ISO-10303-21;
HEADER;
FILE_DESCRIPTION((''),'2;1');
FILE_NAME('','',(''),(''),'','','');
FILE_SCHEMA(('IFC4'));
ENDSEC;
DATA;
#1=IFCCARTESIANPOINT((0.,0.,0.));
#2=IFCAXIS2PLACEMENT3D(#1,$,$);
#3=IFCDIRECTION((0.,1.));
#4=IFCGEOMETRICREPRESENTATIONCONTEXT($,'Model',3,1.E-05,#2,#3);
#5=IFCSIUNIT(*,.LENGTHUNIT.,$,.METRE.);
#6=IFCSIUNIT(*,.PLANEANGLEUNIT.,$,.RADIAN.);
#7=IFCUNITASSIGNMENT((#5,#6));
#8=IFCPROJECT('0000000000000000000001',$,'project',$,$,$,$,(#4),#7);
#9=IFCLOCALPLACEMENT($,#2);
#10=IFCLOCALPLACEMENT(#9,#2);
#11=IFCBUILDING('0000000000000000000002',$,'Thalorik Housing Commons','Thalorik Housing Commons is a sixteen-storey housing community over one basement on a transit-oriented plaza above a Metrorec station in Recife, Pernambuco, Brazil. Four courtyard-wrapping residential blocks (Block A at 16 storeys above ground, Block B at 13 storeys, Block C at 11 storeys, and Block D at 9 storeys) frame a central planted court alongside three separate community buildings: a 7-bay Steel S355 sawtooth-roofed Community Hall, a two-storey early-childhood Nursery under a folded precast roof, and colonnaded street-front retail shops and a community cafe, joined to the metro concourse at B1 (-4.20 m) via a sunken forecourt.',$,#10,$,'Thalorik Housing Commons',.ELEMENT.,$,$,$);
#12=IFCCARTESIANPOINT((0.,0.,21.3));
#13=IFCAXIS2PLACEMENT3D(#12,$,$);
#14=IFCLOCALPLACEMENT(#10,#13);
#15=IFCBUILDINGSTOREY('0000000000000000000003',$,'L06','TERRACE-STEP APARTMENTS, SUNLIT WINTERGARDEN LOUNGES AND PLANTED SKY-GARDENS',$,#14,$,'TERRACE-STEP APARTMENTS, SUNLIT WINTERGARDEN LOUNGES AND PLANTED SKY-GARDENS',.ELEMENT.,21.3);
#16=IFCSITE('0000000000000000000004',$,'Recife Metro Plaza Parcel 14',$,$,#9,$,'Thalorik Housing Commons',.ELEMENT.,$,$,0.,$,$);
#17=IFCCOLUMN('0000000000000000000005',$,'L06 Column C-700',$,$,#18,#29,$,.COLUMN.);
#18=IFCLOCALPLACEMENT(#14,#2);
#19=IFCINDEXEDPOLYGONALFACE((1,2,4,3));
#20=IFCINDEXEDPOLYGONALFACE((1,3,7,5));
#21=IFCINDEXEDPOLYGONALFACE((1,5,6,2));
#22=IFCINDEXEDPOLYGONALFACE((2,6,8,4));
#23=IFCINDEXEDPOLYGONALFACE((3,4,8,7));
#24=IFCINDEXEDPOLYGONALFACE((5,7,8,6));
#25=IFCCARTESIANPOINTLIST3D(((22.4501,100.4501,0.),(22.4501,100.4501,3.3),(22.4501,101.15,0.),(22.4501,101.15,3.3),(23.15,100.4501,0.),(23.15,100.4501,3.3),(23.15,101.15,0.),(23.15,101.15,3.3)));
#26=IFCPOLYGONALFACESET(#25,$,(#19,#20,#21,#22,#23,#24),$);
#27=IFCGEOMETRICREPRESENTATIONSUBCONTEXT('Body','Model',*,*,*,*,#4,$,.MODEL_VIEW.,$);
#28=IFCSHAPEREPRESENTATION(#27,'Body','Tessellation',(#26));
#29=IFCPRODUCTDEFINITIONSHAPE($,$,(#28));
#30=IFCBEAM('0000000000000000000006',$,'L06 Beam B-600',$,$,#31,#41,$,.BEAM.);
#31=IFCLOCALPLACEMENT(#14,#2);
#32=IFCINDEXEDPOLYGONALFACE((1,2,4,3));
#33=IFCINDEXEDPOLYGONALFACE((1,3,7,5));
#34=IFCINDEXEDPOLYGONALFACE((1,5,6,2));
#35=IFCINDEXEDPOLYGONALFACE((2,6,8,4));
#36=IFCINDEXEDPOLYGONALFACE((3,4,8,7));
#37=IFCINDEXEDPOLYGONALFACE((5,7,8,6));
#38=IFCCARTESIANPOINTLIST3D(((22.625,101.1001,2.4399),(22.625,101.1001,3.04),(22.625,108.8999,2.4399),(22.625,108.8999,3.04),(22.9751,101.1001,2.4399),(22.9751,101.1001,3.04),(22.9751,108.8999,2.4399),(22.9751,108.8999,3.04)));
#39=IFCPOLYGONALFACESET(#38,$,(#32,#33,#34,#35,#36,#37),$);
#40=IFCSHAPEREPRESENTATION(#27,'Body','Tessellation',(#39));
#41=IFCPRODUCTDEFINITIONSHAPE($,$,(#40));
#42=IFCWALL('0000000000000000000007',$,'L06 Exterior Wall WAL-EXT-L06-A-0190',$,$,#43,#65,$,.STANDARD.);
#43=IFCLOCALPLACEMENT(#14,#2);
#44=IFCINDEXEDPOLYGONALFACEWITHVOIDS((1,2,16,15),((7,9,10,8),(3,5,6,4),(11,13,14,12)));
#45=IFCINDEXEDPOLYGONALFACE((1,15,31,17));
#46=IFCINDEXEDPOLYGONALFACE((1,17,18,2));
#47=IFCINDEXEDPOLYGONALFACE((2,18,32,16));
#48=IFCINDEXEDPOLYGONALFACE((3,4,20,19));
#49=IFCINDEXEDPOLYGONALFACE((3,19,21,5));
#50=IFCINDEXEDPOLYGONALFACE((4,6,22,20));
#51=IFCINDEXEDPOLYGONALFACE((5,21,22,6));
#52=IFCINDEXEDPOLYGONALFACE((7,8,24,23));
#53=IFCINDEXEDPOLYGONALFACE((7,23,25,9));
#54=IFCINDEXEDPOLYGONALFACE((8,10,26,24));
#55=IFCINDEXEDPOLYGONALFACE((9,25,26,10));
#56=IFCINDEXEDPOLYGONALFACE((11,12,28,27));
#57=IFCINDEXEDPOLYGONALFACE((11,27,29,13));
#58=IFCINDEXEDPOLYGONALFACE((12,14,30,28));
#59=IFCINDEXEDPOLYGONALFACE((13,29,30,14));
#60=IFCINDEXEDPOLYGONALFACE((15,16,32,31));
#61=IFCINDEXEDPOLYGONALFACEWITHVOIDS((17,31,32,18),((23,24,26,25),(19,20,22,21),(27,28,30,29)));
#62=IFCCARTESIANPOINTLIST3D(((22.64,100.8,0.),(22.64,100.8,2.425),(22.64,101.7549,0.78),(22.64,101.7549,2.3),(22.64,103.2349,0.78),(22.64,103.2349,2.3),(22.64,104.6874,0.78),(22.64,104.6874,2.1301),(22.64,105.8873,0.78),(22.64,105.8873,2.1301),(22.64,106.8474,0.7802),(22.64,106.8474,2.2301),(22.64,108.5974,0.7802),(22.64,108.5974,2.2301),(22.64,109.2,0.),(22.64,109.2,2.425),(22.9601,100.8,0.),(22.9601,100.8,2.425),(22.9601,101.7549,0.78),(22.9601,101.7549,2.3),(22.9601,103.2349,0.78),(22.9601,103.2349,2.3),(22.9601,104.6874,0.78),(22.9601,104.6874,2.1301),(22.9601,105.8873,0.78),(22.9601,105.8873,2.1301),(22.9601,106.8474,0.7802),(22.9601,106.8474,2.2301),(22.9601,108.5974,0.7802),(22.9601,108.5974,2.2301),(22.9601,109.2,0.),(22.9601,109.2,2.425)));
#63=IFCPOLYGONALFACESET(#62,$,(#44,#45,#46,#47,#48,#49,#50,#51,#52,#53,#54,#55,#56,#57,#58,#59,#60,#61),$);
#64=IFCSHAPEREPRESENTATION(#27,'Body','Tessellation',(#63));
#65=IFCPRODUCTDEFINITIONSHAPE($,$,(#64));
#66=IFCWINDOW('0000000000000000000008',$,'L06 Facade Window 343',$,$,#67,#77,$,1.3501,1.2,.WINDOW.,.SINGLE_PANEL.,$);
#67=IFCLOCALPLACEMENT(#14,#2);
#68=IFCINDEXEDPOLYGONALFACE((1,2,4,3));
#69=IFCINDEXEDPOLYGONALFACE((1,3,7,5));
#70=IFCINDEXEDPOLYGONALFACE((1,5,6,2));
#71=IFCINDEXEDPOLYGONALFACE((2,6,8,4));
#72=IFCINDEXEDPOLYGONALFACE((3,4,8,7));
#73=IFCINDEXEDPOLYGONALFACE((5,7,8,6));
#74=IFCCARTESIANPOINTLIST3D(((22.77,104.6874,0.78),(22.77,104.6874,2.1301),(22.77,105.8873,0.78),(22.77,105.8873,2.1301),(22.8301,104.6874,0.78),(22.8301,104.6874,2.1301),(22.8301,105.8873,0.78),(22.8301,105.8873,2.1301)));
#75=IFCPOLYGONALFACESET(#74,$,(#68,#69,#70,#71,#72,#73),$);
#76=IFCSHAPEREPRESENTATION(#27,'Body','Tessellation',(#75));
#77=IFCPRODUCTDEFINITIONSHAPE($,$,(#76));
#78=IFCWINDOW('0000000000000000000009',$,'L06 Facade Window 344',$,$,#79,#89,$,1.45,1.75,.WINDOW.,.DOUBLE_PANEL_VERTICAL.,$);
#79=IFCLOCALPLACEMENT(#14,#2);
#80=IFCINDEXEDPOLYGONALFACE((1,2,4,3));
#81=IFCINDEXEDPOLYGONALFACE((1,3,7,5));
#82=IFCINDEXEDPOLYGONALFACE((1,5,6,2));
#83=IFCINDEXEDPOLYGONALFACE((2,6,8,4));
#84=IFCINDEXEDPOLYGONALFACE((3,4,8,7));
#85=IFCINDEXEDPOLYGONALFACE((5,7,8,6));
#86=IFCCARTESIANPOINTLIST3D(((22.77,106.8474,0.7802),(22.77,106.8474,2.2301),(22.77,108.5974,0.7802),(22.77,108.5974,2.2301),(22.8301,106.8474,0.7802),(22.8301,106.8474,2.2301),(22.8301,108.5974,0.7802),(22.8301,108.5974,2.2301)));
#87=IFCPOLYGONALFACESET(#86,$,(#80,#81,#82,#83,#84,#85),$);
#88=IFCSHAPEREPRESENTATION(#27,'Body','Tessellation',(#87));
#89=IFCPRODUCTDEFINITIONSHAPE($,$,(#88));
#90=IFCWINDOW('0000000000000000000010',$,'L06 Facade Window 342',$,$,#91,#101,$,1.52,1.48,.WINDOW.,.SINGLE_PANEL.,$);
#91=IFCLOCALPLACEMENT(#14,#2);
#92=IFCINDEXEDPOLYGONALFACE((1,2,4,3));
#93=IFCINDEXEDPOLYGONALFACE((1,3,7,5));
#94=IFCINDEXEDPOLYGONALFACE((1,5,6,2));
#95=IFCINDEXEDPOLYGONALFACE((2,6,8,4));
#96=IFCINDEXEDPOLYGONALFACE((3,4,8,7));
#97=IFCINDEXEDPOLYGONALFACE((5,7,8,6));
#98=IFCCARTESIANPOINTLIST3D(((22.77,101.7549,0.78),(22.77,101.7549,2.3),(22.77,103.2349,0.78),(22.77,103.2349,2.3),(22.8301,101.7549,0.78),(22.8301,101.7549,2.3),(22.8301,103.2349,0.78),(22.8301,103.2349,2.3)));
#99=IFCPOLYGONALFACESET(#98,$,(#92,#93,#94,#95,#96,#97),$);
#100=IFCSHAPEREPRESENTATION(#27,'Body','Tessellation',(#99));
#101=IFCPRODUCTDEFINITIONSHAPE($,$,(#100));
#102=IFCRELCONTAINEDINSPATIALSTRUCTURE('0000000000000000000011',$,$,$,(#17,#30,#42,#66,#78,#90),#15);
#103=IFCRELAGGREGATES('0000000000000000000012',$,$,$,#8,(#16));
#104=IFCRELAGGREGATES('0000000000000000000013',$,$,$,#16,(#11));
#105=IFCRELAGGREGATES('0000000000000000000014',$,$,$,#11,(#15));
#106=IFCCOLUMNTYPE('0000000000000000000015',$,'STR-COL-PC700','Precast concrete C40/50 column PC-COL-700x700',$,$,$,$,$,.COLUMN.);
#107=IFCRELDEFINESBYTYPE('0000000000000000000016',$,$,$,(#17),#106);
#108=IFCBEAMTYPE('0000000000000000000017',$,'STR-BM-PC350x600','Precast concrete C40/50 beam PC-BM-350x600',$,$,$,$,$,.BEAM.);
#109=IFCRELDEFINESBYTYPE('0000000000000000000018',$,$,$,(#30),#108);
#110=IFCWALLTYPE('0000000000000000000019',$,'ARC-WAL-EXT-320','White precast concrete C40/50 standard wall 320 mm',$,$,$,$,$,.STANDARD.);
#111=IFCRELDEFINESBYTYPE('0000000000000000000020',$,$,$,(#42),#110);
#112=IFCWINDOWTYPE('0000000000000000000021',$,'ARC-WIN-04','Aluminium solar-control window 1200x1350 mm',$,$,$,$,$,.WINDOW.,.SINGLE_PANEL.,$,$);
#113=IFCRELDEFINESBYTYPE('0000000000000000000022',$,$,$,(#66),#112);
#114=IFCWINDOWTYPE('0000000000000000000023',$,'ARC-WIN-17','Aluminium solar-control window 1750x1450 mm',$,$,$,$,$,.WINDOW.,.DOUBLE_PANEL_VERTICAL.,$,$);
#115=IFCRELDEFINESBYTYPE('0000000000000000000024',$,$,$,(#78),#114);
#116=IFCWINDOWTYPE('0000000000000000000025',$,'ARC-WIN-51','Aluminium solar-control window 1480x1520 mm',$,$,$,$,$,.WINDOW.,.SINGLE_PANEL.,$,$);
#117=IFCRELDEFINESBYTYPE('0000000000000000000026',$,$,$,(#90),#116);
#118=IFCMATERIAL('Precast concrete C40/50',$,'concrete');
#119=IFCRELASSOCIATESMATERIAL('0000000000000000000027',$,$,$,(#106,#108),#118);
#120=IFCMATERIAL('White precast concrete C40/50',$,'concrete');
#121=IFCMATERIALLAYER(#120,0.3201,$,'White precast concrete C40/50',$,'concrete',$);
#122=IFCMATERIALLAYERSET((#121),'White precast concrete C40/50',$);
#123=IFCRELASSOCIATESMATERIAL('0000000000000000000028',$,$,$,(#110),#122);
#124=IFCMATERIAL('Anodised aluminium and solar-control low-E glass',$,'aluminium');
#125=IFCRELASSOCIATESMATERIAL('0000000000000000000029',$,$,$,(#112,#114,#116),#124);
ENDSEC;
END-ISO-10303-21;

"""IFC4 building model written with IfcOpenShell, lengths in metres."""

from ifc_helpers import new_model, si_unit, direction, frame, frame_2d, origin, origin_2d, place, context, subcontext, project, spatial, rectangle, extrude, material, layer, layer_set, material_profile, profile_set, type_object, element, fill, save


model = new_model("IFC4")

# Units and contexts
model_context = context("Model", 3, precision=1e-05, world=origin(), true_north=direction((0.0, 1.0)))
body_context = subcontext(model_context, "Body", "Model", "MODEL_VIEW")
ifc_project = project(units=[si_unit("LENGTHUNIT", "METRE"), si_unit("PLANEANGLEUNIT", "RADIAN")], contexts=[model_context])

# Site, building, storey
site_placement = place(None, origin())
site = spatial("IfcSite", under=ifc_project, at=site_placement, Name="Recife Metro Plaza Parcel 14", LongName="Thalorik Housing Commons", CompositionType="ELEMENT", RefElevation=0.0)
building_placement = place(site_placement, origin())
building = spatial("IfcBuilding", under=site, at=building_placement, Name="Thalorik Housing Commons", Description="Thalorik Housing Commons is a sixteen-storey housing community over one basement on a transit-oriented plaza above a Metrorec station in Recife, Pernambuco, Brazil. Four courtyard-wrapping residential blocks (Block A at 16 storeys above ground, Block B at 13 storeys, Block C at 11 storeys, and Block D at 9 storeys) frame a central planted court alongside three separate community buildings: a 7-bay Steel S355 sawtooth-roofed Community Hall, a two-storey early-childhood Nursery under a folded precast roof, and colonnaded street-front retail shops and a community cafe, joined to the metro concourse at B1 (-4.20 m) via a sunken forecourt.", LongName="Thalorik Housing Commons", CompositionType="ELEMENT")
storey_placement = place(building_placement, frame((0.0, 0.0, 21.3)))
storey = spatial("IfcBuildingStorey", under=building, at=storey_placement, Name="L06", Description="TERRACE-STEP APARTMENTS, SUNLIT WINTERGARDEN LOUNGES AND PLANTED SKY-GARDENS", LongName="TERRACE-STEP APARTMENTS, SUNLIT WINTERGARDEN LOUNGES AND PLANTED SKY-GARDENS", CompositionType="ELEMENT", Elevation=21.3)

# Column
ifc_material_1 = material(Name="Precast concrete C40/50", Category="concrete")
ifc_material_profile_1 = material_profile(ifc_material_1, rectangle(XDim=0.7, YDim=0.7, at=origin_2d()), Name="PC 700x700", Category="concrete")
ifc_profile_set_1 = profile_set([ifc_material_profile_1], Name="Precast concrete C40/50")
column_type = type_object("IfcColumnType", Name="STR-COL-PC700", Description="Precast concrete C40/50 column PC-COL-700x700", PredefinedType="COLUMN", material=ifc_profile_set_1)
column_placement = place(storey_placement, frame((22.8, 100.8, 0.0), z_axis=(0.0, 0.0, 1.0), x_axis=(1.0, 0.0, 0.0)))
element("IfcColumn", 1, at=column_placement, inside=storey, type_object=column_type, Name="L06 Column C-700", PredefinedType="COLUMN", context=body_context, shape_type="SweptSolid", body=[
    extrude(rectangle(XDim=0.7, YDim=0.7, at=origin_2d()), origin(), (0.0, 0.0, 1.0), 3.3),
])

# Beam
ifc_material_profile_2 = material_profile(ifc_material_1, rectangle(XDim=0.3501, YDim=0.6001, at=origin_2d()), Name="PC 350x600", Category="concrete")
ifc_profile_set_2 = profile_set([ifc_material_profile_2], Name="Precast concrete C40/50")
beam_type = type_object("IfcBeamType", Name="STR-BM-PC350x600", Description="Precast concrete C40/50 beam PC-BM-350x600", PredefinedType="BEAM", material=ifc_profile_set_2)
beam_placement = place(storey_placement, frame((22.8, 101.1001, 2.74), z_axis=(0.0, 1.0, 0.0), x_axis=(-1.0, 0.0, 0.0)))
element("IfcBeam", 2, at=beam_placement, inside=storey, type_object=beam_type, Name="L06 Beam B-600", PredefinedType="BEAM", context=body_context, shape_type="SweptSolid", body=[
    extrude(rectangle(XDim=0.3501, YDim=0.6001, at=origin_2d()), origin(), (0.0, 0.0, 1.0), 7.7998),
])

# Wall, openings, windows
ifc_material_2 = material(Name="White precast concrete C40/50", Category="concrete")
ifc_layer_1 = layer(ifc_material_2, 0.3201, Name="White precast concrete C40/50", Category="concrete")
ifc_layer_set_1 = layer_set([ifc_layer_1], Name="White precast concrete C40/50")
wall_type_1 = type_object("IfcWallType", Name="ARC-WAL-EXT-320", Description="White precast concrete C40/50 standard wall 320 mm", PredefinedType="STANDARD", material=ifc_layer_set_1)
wall_1_placement = place(storey_placement, frame((22.8, 100.8, 0.0), z_axis=(0.0, 0.0, 1.0), x_axis=(0.0, 1.0, 0.0)))
wall_1 = element("IfcWall", 3, at=wall_1_placement, inside=storey, type_object=wall_type_1, Name="L06 Exterior Wall WAL-EXT-L06-A-0190", PredefinedType="STANDARD", context=body_context, shape_type="SweptSolid", body=[
    extrude(rectangle(XDim=8.3999, YDim=0.3201, at=frame_2d((4.2, 0.0))), origin(), (0.0, 0.0, 1.0), 2.425),
])
opening_1_placement = place(wall_1_placement, frame((0.9548, 0.0, 0.78)))
opening_1 = element("IfcOpeningElement", 4, at=opening_1_placement, cuts=wall_1, PredefinedType="OPENING", context=body_context, shape_type="SweptSolid", body=[
    extrude(rectangle(XDim=1.48, YDim=1.52, at=frame_2d((0.74, 0.76))), frame((0.0, 0.1699, 0.0), z_axis=(0.0, -1.0, 0.0), x_axis=(1.0, 0.0, 0.0)), (0.0, 0.0, 1.0), 0.3401),
])
opening_2_placement = place(wall_1_placement, frame((3.8872, 0.0, 0.78)))
opening_2 = element("IfcOpeningElement", 5, at=opening_2_placement, cuts=wall_1, PredefinedType="OPENING", context=body_context, shape_type="SweptSolid", body=[
    extrude(rectangle(XDim=1.2, YDim=1.3501, at=frame_2d((0.6001, 0.675))), frame((0.0, 0.1699, 0.0), z_axis=(0.0, -1.0, 0.0), x_axis=(1.0, 0.0, 0.0)), (0.0, 0.0, 1.0), 0.3401),
])
opening_3_placement = place(wall_1_placement, frame((6.0474, 0.0, 0.78)))
opening_3 = element("IfcOpeningElement", 6, at=opening_3_placement, cuts=wall_1, PredefinedType="OPENING", context=body_context, shape_type="SweptSolid", body=[
    extrude(rectangle(XDim=1.75, YDim=1.45, at=frame_2d((0.875, 0.7251))), frame((0.0, 0.1699, 0.0), z_axis=(0.0, -1.0, 0.0), x_axis=(1.0, 0.0, 0.0)), (0.0, 0.0, 1.0), 0.3401),
])
ifc_material_3 = material(Name="Anodised aluminium and solar-control low-E glass", Category="aluminium")
window_type_1 = type_object("IfcWindowType", Name="ARC-WIN-04", Description="Aluminium solar-control window 1200x1350 mm", PartitioningType="SINGLE_PANEL", PredefinedType="WINDOW", material=ifc_material_3)
window_1_placement = place(opening_2_placement, origin())
window_1 = element("IfcWindow", 7, at=window_1_placement, inside=storey, type_object=window_type_1, Name="L06 Facade Window 343", OverallHeight=1.3501, OverallWidth=1.2, PartitioningType="SINGLE_PANEL", PredefinedType="WINDOW", context=body_context, shape_type="SweptSolid", body=[
    extrude(rectangle(XDim=1.2, YDim=1.3501, at=frame_2d((0.6001, 0.675))), frame((0.0, 0.03, 0.0), z_axis=(0.0, -1.0, 0.0), x_axis=(1.0, 0.0, 0.0)), (0.0, 0.0, 1.0), 0.0601),
])
fill(opening_2, window_1)
window_type_2 = type_object("IfcWindowType", Name="ARC-WIN-17", Description="Aluminium solar-control window 1750x1450 mm", PartitioningType="DOUBLE_PANEL_VERTICAL", PredefinedType="WINDOW", material=ifc_material_3)
window_2_placement = place(opening_3_placement, origin())
window_2 = element("IfcWindow", 8, at=window_2_placement, inside=storey, type_object=window_type_2, Name="L06 Facade Window 344", OverallHeight=1.45, OverallWidth=1.75, PartitioningType="DOUBLE_PANEL_VERTICAL", PredefinedType="WINDOW", context=body_context, shape_type="SweptSolid", body=[
    extrude(rectangle(XDim=1.75, YDim=1.45, at=frame_2d((0.875, 0.7251))), frame((0.0, 0.03, 0.0), z_axis=(0.0, -1.0, 0.0), x_axis=(1.0, 0.0, 0.0)), (0.0, 0.0, 1.0), 0.0601),
])
fill(opening_3, window_2)
window_type_3 = type_object("IfcWindowType", Name="ARC-WIN-51", Description="Aluminium solar-control window 1480x1520 mm", PartitioningType="SINGLE_PANEL", PredefinedType="WINDOW", material=ifc_material_3)
window_3_placement = place(opening_1_placement, origin())
window_3 = element("IfcWindow", 9, at=window_3_placement, inside=storey, type_object=window_type_3, Name="L06 Facade Window 342", OverallHeight=1.52, OverallWidth=1.48, PartitioningType="SINGLE_PANEL", PredefinedType="WINDOW", context=body_context, shape_type="SweptSolid", body=[
    extrude(rectangle(XDim=1.48, YDim=1.52, at=frame_2d((0.74, 0.76))), frame((0.0, 0.03, 0.0), z_axis=(0.0, -1.0, 0.0), x_axis=(1.0, 0.0, 0.0)), (0.0, 0.0, 1.0), 0.0601),
])
fill(opening_1, window_3)

save(model, "model.ifc")
